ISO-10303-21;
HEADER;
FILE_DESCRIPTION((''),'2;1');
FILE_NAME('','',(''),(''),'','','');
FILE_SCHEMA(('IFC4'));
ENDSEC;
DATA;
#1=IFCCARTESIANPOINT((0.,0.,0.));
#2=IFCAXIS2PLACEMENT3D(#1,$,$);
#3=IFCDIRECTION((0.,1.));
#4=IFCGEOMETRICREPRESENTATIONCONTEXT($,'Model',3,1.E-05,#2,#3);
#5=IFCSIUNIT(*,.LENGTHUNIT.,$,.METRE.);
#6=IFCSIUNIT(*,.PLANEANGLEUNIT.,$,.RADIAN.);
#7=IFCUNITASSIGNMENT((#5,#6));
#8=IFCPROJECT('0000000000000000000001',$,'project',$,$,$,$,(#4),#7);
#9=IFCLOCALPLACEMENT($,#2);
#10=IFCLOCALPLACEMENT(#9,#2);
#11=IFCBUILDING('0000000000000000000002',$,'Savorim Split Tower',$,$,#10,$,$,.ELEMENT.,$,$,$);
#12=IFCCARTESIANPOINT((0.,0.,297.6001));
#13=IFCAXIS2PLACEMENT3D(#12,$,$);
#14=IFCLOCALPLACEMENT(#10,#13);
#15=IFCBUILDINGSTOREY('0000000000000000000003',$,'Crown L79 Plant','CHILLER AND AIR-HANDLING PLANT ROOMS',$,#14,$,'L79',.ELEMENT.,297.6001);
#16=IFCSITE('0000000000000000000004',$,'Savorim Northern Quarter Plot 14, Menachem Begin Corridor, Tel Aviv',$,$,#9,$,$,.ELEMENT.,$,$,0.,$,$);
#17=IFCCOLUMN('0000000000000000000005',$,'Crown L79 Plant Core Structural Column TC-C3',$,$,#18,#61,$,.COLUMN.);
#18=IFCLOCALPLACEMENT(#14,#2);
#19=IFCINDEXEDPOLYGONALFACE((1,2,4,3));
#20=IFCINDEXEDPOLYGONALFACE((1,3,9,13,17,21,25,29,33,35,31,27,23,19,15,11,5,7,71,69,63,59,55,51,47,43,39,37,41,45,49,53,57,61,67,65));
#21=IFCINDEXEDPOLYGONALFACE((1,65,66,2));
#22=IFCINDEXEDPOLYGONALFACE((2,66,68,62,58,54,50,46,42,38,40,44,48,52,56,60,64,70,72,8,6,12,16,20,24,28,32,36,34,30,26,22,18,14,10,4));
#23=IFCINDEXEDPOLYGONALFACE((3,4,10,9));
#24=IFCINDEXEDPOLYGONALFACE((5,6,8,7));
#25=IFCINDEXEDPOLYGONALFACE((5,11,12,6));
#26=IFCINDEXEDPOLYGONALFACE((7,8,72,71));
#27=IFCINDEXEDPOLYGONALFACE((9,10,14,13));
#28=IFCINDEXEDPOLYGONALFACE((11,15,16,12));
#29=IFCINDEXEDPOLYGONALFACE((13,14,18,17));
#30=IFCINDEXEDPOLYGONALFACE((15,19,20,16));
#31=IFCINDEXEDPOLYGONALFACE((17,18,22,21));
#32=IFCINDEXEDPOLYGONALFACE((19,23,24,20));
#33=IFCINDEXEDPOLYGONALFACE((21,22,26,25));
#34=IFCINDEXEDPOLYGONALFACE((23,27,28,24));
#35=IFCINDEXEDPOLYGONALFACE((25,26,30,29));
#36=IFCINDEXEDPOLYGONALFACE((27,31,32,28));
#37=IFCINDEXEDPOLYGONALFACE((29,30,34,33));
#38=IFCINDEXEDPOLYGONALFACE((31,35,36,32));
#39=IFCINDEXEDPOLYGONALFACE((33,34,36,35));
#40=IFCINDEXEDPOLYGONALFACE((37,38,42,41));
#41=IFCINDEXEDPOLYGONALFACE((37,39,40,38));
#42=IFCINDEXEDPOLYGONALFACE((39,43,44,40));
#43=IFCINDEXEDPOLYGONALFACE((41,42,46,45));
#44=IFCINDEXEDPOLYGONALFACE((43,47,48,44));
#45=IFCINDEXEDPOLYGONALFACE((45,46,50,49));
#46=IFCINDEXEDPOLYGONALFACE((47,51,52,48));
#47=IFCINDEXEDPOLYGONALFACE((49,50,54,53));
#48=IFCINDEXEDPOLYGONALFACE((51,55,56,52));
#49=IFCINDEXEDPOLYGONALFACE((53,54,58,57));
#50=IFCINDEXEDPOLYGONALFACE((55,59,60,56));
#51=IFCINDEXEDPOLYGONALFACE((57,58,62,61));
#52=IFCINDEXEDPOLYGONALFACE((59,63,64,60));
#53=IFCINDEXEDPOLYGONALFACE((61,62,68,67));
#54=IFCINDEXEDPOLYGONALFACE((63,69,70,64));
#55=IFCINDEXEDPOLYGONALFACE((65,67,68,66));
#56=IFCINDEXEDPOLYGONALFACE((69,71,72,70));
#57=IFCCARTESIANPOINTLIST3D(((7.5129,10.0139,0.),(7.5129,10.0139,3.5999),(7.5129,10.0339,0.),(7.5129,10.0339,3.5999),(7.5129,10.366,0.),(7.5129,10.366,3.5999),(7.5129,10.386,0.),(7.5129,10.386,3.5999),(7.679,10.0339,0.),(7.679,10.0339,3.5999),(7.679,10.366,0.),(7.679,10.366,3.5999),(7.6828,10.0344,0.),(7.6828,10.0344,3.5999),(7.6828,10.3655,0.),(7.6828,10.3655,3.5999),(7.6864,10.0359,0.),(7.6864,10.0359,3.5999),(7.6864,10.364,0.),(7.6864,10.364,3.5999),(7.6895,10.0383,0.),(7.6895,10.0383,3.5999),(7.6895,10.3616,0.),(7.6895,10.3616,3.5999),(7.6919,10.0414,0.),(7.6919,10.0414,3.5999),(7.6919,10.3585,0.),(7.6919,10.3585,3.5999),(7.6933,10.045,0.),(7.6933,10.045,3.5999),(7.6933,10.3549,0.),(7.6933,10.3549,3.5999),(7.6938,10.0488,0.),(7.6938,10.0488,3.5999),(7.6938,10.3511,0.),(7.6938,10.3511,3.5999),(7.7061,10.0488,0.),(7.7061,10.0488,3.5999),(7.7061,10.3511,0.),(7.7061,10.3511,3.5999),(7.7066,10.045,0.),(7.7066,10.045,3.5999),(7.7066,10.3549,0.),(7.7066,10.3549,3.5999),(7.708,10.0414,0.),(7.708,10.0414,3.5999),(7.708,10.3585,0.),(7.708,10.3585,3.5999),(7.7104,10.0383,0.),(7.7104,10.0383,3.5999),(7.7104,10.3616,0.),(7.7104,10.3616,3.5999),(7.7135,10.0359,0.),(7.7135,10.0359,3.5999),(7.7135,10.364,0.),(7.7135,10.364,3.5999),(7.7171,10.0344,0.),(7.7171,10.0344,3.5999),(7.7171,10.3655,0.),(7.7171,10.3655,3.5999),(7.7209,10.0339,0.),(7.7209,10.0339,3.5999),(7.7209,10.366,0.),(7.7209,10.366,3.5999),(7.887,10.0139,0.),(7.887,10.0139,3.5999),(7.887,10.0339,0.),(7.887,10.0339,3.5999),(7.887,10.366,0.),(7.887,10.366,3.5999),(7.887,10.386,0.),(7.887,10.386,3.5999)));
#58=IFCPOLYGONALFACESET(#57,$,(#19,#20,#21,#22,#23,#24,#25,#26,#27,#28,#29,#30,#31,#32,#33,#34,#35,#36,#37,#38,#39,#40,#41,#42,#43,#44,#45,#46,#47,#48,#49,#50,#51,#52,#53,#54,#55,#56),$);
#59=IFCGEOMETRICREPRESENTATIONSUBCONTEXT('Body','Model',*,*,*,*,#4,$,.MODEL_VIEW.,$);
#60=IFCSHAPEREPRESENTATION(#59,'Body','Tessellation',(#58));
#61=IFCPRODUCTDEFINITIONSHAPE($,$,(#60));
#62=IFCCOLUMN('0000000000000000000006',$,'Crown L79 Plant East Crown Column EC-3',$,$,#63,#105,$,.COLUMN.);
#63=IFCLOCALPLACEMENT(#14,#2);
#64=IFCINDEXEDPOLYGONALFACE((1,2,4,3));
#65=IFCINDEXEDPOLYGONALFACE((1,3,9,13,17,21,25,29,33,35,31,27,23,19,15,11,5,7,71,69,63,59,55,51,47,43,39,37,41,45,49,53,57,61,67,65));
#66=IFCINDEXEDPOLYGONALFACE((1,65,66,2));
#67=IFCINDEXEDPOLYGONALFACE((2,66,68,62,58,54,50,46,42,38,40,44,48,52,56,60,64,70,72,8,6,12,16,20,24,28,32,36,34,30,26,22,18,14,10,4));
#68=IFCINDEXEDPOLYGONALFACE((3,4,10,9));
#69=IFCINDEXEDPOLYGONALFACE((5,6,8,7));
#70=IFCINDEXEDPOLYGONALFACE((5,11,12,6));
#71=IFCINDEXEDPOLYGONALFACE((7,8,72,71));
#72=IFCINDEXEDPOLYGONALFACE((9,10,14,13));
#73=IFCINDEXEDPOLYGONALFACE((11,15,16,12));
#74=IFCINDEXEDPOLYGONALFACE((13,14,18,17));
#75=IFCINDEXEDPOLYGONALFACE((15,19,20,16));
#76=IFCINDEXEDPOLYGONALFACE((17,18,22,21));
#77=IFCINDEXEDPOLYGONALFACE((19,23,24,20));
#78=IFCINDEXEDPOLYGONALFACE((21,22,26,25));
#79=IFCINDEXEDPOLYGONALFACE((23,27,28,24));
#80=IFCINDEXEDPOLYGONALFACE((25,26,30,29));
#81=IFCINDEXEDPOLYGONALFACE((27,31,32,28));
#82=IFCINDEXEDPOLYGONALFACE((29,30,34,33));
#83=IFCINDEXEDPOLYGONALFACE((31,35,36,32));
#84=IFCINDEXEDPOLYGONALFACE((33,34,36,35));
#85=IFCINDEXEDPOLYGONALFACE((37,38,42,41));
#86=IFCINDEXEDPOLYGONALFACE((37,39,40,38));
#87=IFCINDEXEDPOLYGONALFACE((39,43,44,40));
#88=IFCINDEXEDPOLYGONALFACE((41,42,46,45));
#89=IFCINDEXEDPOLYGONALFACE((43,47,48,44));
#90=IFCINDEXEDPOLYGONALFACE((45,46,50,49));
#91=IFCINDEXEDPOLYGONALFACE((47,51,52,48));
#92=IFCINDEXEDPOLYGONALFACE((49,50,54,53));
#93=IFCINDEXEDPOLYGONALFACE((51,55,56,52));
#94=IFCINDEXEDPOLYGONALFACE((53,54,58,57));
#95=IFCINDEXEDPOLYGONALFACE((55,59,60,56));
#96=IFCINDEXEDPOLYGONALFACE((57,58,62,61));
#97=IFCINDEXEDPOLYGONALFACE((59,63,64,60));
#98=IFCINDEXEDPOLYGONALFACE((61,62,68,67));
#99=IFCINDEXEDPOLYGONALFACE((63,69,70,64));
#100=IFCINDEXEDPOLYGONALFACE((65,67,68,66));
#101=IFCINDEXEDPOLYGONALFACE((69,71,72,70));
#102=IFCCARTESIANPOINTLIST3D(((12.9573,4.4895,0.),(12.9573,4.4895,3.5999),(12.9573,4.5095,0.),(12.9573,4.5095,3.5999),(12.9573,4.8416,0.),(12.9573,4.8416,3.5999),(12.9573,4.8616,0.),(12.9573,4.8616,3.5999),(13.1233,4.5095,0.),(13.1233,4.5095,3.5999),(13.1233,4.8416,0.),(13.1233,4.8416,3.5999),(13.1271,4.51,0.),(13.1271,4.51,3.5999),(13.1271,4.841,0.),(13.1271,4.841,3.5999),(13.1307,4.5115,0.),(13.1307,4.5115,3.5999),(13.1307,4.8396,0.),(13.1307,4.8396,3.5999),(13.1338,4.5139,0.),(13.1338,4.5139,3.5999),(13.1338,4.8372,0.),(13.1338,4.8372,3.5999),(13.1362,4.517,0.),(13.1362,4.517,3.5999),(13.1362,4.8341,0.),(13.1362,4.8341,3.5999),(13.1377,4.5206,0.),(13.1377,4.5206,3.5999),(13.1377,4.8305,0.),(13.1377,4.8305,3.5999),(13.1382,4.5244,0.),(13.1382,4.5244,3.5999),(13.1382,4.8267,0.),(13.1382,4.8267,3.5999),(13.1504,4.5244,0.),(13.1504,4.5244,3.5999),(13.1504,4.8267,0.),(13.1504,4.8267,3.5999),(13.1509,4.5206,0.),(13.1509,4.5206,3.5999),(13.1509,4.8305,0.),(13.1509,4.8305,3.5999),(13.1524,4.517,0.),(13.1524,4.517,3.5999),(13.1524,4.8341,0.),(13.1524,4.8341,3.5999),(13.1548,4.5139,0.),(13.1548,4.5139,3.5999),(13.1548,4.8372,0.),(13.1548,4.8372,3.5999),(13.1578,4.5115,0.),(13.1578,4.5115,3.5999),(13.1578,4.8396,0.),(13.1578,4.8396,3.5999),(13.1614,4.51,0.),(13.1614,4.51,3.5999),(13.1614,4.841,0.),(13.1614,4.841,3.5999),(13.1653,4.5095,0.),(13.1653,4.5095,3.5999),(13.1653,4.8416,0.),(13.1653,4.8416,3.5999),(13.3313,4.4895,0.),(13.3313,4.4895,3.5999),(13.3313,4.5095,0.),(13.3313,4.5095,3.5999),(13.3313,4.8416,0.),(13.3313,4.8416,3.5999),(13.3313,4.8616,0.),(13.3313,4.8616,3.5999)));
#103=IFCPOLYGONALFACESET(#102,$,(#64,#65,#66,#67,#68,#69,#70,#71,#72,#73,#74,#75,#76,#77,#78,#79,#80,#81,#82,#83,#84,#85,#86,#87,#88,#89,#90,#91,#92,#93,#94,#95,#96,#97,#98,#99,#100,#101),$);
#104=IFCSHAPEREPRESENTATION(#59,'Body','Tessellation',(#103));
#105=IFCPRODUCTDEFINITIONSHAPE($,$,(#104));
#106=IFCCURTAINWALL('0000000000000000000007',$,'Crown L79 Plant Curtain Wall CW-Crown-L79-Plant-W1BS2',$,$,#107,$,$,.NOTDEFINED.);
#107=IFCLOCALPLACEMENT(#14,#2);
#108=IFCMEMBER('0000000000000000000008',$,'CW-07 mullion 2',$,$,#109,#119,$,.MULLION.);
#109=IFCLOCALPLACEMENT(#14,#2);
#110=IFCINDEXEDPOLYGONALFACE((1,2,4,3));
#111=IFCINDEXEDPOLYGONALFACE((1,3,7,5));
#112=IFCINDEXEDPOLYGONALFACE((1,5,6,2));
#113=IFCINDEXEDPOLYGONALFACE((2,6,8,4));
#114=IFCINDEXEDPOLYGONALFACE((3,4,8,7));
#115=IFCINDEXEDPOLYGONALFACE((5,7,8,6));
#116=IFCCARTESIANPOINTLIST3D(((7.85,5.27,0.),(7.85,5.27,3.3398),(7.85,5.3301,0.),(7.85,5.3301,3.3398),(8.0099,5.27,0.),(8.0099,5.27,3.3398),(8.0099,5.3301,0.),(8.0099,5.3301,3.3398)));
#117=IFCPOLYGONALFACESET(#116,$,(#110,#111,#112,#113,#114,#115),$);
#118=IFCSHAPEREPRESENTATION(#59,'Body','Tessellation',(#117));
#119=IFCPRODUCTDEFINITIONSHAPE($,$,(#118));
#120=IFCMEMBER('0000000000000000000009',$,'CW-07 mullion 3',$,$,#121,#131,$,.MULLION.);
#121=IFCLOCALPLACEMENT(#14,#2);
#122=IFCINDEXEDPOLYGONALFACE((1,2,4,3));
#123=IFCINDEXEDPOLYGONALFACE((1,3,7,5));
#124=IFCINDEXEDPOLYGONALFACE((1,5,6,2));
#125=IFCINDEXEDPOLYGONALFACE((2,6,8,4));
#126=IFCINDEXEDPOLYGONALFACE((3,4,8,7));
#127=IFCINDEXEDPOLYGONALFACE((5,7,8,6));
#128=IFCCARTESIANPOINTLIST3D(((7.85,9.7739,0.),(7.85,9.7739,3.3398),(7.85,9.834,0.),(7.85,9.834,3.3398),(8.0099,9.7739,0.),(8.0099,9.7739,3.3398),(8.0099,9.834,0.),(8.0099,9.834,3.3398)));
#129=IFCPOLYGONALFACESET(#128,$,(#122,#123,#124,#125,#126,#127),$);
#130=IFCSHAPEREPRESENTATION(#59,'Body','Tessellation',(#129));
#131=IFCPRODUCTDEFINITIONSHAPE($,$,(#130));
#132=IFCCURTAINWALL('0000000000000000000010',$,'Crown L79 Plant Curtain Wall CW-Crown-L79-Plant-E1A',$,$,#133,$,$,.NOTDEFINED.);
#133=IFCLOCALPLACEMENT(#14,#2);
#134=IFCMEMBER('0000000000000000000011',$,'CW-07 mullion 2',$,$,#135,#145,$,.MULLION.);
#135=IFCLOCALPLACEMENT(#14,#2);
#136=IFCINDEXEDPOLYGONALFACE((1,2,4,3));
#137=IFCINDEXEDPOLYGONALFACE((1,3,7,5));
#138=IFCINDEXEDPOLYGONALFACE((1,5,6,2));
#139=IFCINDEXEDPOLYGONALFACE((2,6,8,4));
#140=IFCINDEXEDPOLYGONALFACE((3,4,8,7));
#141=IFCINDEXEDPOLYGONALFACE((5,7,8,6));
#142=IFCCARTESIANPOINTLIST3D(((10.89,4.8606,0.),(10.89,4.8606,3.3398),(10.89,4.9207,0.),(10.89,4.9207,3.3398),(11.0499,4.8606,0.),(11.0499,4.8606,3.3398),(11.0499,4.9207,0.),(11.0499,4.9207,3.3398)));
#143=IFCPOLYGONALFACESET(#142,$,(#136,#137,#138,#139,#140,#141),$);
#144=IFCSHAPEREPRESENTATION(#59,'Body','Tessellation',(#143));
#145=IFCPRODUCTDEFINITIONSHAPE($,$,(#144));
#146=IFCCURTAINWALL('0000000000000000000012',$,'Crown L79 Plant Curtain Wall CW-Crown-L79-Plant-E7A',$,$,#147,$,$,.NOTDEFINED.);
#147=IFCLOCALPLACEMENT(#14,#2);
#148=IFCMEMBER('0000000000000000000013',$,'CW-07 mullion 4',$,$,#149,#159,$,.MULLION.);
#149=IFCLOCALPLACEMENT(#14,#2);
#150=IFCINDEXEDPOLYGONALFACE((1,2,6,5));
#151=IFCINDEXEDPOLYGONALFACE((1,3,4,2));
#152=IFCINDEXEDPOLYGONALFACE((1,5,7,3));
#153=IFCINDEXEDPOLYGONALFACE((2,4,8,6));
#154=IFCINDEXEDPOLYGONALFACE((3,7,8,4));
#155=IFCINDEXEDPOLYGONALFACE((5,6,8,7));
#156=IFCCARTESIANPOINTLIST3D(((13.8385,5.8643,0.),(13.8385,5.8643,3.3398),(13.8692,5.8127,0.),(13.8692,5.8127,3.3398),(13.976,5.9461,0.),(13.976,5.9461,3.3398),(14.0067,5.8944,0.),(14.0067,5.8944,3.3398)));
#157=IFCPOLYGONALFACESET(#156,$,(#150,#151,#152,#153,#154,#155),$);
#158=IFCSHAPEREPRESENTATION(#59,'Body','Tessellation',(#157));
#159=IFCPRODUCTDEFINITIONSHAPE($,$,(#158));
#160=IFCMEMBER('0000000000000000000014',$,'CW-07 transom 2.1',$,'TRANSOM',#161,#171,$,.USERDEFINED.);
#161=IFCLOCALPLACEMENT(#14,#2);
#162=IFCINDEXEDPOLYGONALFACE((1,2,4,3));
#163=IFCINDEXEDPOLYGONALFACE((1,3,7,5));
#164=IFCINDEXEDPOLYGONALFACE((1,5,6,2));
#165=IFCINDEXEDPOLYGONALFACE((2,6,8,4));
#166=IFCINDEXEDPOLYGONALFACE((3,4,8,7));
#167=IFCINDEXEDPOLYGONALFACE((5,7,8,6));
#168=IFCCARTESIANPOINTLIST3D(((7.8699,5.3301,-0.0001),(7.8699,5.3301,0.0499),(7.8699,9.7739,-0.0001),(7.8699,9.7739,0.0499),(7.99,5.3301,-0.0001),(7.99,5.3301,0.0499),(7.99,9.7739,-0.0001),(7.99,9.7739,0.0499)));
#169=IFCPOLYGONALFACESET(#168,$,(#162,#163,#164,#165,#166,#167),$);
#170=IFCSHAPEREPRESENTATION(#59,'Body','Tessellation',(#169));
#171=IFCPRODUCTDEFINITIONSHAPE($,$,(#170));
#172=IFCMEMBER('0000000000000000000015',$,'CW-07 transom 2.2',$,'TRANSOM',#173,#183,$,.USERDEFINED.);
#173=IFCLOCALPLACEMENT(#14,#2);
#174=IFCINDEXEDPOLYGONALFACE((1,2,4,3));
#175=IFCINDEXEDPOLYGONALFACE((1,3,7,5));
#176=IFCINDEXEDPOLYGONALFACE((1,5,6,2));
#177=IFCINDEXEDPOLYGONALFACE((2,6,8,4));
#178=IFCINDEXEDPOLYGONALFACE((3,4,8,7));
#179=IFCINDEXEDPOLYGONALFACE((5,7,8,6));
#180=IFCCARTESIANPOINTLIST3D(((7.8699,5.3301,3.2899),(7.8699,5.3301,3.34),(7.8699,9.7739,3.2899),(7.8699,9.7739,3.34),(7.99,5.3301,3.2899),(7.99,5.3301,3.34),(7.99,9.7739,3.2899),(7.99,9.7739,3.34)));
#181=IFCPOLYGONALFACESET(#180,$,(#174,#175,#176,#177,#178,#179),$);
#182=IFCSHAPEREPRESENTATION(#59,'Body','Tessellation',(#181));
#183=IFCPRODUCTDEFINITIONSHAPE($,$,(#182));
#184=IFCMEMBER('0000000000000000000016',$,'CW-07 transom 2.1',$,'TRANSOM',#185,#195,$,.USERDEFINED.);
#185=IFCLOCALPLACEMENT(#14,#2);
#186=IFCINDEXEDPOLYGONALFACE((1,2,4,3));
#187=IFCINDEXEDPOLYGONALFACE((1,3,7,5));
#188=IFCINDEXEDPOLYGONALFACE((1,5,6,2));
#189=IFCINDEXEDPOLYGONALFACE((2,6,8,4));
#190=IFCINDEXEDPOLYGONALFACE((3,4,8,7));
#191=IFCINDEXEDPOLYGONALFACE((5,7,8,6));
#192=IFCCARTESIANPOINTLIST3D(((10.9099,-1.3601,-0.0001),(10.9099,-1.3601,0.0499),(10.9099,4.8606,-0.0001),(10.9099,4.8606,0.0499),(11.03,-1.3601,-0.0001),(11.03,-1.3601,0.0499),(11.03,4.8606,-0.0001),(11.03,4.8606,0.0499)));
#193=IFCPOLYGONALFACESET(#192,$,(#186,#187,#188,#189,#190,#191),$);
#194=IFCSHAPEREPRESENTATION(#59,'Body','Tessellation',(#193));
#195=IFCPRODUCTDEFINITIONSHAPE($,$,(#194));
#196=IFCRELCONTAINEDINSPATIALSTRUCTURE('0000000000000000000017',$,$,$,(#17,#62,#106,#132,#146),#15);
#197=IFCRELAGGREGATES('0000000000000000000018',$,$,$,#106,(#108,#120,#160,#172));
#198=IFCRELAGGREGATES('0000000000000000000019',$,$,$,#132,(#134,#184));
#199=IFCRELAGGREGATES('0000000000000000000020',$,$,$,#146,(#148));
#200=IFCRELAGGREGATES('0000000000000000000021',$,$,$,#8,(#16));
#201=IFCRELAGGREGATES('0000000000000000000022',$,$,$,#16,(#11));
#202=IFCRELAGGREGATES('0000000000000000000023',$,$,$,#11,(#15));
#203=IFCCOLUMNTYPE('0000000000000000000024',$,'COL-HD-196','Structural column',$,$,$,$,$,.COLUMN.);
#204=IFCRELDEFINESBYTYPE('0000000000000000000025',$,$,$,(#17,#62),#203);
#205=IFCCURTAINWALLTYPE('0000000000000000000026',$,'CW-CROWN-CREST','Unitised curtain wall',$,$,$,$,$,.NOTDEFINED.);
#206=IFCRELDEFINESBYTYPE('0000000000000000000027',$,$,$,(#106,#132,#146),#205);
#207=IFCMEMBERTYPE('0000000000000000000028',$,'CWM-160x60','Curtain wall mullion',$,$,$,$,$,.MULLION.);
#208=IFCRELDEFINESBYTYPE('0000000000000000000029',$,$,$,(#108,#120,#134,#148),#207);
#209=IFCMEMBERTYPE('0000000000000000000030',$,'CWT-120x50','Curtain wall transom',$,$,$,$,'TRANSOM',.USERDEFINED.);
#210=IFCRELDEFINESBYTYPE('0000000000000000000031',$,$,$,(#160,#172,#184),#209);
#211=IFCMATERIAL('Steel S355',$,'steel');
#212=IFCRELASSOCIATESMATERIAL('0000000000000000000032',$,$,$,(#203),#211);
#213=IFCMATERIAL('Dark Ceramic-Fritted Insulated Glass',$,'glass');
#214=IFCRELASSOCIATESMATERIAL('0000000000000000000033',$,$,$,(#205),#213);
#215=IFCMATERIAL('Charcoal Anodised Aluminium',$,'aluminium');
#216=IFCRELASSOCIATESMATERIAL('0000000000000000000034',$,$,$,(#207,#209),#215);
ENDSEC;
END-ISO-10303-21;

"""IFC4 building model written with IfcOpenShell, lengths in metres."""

from ifc_helpers import new_model, si_unit, direction, frame, origin, origin_2d, place, context, subcontext, project, spatial, rectangle, i_section, extrude, material, material_profile, profile_set, type_object, element, aggregate, save


model = new_model("IFC4")

# Units and contexts
model_context = context("Model", 3, precision=1e-05, world=origin(), true_north=direction((0.0, 1.0)))
body_context = subcontext(model_context, "Body", "Model", "MODEL_VIEW")
ifc_project = project(units=[si_unit("LENGTHUNIT", "METRE"), si_unit("PLANEANGLEUNIT", "RADIAN")], contexts=[model_context])

# Site, building, storey
site_placement = place(None, origin())
site = spatial("IfcSite", under=ifc_project, at=site_placement, Name="Savorim Northern Quarter Plot 14, Menachem Begin Corridor, Tel Aviv", CompositionType="ELEMENT", RefElevation=0.0)
building_placement = place(site_placement, origin())
building = spatial("IfcBuilding", under=site, at=building_placement, Name="Savorim Split Tower", CompositionType="ELEMENT")
storey_placement = place(building_placement, frame((0.0, 0.0, 297.6001)))
storey = spatial("IfcBuildingStorey", under=building, at=storey_placement, Name="Crown L79 Plant", Description="CHILLER AND AIR-HANDLING PLANT ROOMS", LongName="L79", CompositionType="ELEMENT", Elevation=297.6001)

# Columns
ifc_material_1 = material(Name="Steel S355", Category="steel")
ifc_material_profile_1 = material_profile(ifc_material_1, i_section(OverallWidth=0.374, OverallDepth=0.3721, WebThickness=0.0122, FlangeThickness=0.02, FilletRadius=0.0149, at=origin_2d()), Name="HD 360x196")
ifc_profile_set_1 = profile_set([ifc_material_profile_1], Name="Steel S355")
column_type = type_object("IfcColumnType", Name="COL-HD-196", Description="Structural column", PredefinedType="COLUMN", material=ifc_profile_set_1)
for number, where, z_axis, x_axis, name in (
    (1, (7.7, 10.2, 0.0), (0.0, 0.0, 1.0), (1.0, 0.0, 0.0), "Crown L79 Plant Core Structural Column TC-C3"),
    (2, (13.1443, 4.6755, 0.0), (0.0, 0.0, 1.0), (1.0, 0.0, 0.0), "Crown L79 Plant East Crown Column EC-3"),
):
    element("IfcColumn", number, at=place(storey_placement, frame(where, z_axis=z_axis, x_axis=x_axis)), inside=storey, type_object=column_type, Name=name, PredefinedType="COLUMN", context=body_context, shape_type="SweptSolid", body=[
        extrude(i_section(OverallWidth=0.374, OverallDepth=0.3721, WebThickness=0.0122, FlangeThickness=0.02, FilletRadius=0.0149, at=origin_2d()), origin(), (0.0, 0.0, 1.0), 3.5999),
    ])

# Curtain wall, members
ifc_material_2 = material(Name="Dark Ceramic-Fritted Insulated Glass", Category="glass")
curtain_wall_type = type_object("IfcCurtainWallType", Name="CW-CROWN-CREST", Description="Unitised curtain wall", PredefinedType="NOTDEFINED", material=ifc_material_2)
curtain_wall_1_placement = place(storey_placement, origin())
curtain_wall_1 = element("IfcCurtainWall", 3, at=curtain_wall_1_placement, inside=storey, type_object=curtain_wall_type, Name="Crown L79 Plant Curtain Wall CW-Crown-L79-Plant-W1BS2", PredefinedType="NOTDEFINED")
ifc_material_3 = material(Name="Charcoal Anodised Aluminium", Category="aluminium")
ifc_material_profile_2 = material_profile(ifc_material_3, rectangle(XDim=0.1599, YDim=0.0601, at=origin_2d()), Name="ALU-M 160x60")
ifc_profile_set_2 = profile_set([ifc_material_profile_2], Name="Charcoal Anodised Aluminium")
member_type_1 = type_object("IfcMemberType", Name="CWM-160x60", Description="Curtain wall mullion", PredefinedType="MULLION", material=ifc_profile_set_2)
member_1_placement = place(storey_placement, frame((7.9299, 5.3, 0.0), z_axis=(0.0, 0.0, 1.0), x_axis=(-1.0, 0.0, 0.0)))
member_1 = element("IfcMember", 4, at=member_1_placement, type_object=member_type_1, Name="CW-07 mullion 2", PredefinedType="MULLION", context=body_context, shape_type="SweptSolid", body=[
    extrude(rectangle(XDim=0.1599, YDim=0.0601, at=origin_2d()), origin(), (0.0, 0.0, 1.0), 3.3398),
])
member_2_placement = place(storey_placement, frame((7.9299, 9.804, 0.0), z_axis=(0.0, 0.0, 1.0), x_axis=(-1.0, 0.0, 0.0)))
member_2 = element("IfcMember", 5, at=member_2_placement, type_object=member_type_1, Name="CW-07 mullion 3", PredefinedType="MULLION", context=body_context, shape_type="SweptSolid", body=[
    extrude(rectangle(XDim=0.1599, YDim=0.0601, at=origin_2d()), origin(), (0.0, 0.0, 1.0), 3.3398),
])

# Curtain walls, members
curtain_wall_2_placement = place(storey_placement, origin())
curtain_wall_2 = element("IfcCurtainWall", 6, at=curtain_wall_2_placement, inside=storey, type_object=curtain_wall_type, Name="Crown L79 Plant Curtain Wall CW-Crown-L79-Plant-E1A", PredefinedType="NOTDEFINED")
member_3_placement = place(storey_placement, frame((10.97, 4.8906, 0.0), z_axis=(0.0, 0.0, 1.0), x_axis=(1.0, 0.0, 0.0)))
member_3 = element("IfcMember", 7, at=member_3_placement, type_object=member_type_1, Name="CW-07 mullion 2", PredefinedType="MULLION", context=body_context, shape_type="SweptSolid", body=[
    extrude(rectangle(XDim=0.1599, YDim=0.0601, at=origin_2d()), origin(), (0.0, 0.0, 1.0), 3.3398),
])
curtain_wall_3_placement = place(storey_placement, origin())
curtain_wall_3 = element("IfcCurtainWall", 8, at=curtain_wall_3_placement, inside=storey, type_object=curtain_wall_type, Name="Crown L79 Plant Curtain Wall CW-Crown-L79-Plant-E7A", PredefinedType="NOTDEFINED")
member_4_placement = place(storey_placement, frame((13.9226, 5.8794, 0.0), z_axis=(0.0, 0.0, 1.0), x_axis=(-0.859525, -0.511094, 0.0)))
member_4 = element("IfcMember", 9, at=member_4_placement, type_object=member_type_1, Name="CW-07 mullion 4", PredefinedType="MULLION", context=body_context, shape_type="SweptSolid", body=[
    extrude(rectangle(XDim=0.1599, YDim=0.0601, at=origin_2d()), origin(), (0.0, 0.0, 1.0), 3.3398),
])

# Members
ifc_material_profile_3 = material_profile(ifc_material_3, rectangle(XDim=0.1201, YDim=0.05, at=origin_2d()), Name="ALU-T 120x50")
ifc_profile_set_3 = profile_set([ifc_material_profile_3], Name="Charcoal Anodised Aluminium")
member_type_2 = type_object("IfcMemberType", Name="CWT-120x50", Description="Curtain wall transom", ElementType="TRANSOM", PredefinedType="USERDEFINED", material=ifc_profile_set_3)
member_5_placement = place(storey_placement, frame((7.9299, 5.3301, 0.0249), z_axis=(0.0, 1.0, 0.0), x_axis=(-1.0, 0.0, 0.0)))
member_5 = element("IfcMember", 10, at=member_5_placement, type_object=member_type_2, Name="CW-07 transom 2.1", ObjectType="TRANSOM", PredefinedType="USERDEFINED", context=body_context, shape_type="SweptSolid", body=[
    extrude(rectangle(XDim=0.1201, YDim=0.05, at=origin_2d()), origin(), (0.0, 0.0, 1.0), 4.4438),
])
member_6_placement = place(storey_placement, frame((7.9299, 5.3301, 3.3149), z_axis=(0.0, 1.0, 0.0), x_axis=(-1.0, 0.0, 0.0)))
member_6 = element("IfcMember", 11, at=member_6_placement, type_object=member_type_2, Name="CW-07 transom 2.2", ObjectType="TRANSOM", PredefinedType="USERDEFINED", context=body_context, shape_type="SweptSolid", body=[
    extrude(rectangle(XDim=0.1201, YDim=0.05, at=origin_2d()), origin(), (0.0, 0.0, 1.0), 4.4438),
])
member_7_placement = place(storey_placement, frame((10.97, 4.8606, 0.0249), z_axis=(0.0, -1.0, 0.0), x_axis=(1.0, 0.0, 0.0)))
member_7 = element("IfcMember", 12, at=member_7_placement, type_object=member_type_2, Name="CW-07 transom 2.1", ObjectType="TRANSOM", PredefinedType="USERDEFINED", context=body_context, shape_type="SweptSolid", body=[
    extrude(rectangle(XDim=0.1201, YDim=0.05, at=origin_2d()), origin(), (0.0, 0.0, 1.0), 6.2207),
])

aggregate(curtain_wall_1, [member_1, member_2, member_5, member_6])
aggregate(curtain_wall_2, [member_3, member_7])
aggregate(curtain_wall_3, [member_4])

save(model, "model.ifc")
